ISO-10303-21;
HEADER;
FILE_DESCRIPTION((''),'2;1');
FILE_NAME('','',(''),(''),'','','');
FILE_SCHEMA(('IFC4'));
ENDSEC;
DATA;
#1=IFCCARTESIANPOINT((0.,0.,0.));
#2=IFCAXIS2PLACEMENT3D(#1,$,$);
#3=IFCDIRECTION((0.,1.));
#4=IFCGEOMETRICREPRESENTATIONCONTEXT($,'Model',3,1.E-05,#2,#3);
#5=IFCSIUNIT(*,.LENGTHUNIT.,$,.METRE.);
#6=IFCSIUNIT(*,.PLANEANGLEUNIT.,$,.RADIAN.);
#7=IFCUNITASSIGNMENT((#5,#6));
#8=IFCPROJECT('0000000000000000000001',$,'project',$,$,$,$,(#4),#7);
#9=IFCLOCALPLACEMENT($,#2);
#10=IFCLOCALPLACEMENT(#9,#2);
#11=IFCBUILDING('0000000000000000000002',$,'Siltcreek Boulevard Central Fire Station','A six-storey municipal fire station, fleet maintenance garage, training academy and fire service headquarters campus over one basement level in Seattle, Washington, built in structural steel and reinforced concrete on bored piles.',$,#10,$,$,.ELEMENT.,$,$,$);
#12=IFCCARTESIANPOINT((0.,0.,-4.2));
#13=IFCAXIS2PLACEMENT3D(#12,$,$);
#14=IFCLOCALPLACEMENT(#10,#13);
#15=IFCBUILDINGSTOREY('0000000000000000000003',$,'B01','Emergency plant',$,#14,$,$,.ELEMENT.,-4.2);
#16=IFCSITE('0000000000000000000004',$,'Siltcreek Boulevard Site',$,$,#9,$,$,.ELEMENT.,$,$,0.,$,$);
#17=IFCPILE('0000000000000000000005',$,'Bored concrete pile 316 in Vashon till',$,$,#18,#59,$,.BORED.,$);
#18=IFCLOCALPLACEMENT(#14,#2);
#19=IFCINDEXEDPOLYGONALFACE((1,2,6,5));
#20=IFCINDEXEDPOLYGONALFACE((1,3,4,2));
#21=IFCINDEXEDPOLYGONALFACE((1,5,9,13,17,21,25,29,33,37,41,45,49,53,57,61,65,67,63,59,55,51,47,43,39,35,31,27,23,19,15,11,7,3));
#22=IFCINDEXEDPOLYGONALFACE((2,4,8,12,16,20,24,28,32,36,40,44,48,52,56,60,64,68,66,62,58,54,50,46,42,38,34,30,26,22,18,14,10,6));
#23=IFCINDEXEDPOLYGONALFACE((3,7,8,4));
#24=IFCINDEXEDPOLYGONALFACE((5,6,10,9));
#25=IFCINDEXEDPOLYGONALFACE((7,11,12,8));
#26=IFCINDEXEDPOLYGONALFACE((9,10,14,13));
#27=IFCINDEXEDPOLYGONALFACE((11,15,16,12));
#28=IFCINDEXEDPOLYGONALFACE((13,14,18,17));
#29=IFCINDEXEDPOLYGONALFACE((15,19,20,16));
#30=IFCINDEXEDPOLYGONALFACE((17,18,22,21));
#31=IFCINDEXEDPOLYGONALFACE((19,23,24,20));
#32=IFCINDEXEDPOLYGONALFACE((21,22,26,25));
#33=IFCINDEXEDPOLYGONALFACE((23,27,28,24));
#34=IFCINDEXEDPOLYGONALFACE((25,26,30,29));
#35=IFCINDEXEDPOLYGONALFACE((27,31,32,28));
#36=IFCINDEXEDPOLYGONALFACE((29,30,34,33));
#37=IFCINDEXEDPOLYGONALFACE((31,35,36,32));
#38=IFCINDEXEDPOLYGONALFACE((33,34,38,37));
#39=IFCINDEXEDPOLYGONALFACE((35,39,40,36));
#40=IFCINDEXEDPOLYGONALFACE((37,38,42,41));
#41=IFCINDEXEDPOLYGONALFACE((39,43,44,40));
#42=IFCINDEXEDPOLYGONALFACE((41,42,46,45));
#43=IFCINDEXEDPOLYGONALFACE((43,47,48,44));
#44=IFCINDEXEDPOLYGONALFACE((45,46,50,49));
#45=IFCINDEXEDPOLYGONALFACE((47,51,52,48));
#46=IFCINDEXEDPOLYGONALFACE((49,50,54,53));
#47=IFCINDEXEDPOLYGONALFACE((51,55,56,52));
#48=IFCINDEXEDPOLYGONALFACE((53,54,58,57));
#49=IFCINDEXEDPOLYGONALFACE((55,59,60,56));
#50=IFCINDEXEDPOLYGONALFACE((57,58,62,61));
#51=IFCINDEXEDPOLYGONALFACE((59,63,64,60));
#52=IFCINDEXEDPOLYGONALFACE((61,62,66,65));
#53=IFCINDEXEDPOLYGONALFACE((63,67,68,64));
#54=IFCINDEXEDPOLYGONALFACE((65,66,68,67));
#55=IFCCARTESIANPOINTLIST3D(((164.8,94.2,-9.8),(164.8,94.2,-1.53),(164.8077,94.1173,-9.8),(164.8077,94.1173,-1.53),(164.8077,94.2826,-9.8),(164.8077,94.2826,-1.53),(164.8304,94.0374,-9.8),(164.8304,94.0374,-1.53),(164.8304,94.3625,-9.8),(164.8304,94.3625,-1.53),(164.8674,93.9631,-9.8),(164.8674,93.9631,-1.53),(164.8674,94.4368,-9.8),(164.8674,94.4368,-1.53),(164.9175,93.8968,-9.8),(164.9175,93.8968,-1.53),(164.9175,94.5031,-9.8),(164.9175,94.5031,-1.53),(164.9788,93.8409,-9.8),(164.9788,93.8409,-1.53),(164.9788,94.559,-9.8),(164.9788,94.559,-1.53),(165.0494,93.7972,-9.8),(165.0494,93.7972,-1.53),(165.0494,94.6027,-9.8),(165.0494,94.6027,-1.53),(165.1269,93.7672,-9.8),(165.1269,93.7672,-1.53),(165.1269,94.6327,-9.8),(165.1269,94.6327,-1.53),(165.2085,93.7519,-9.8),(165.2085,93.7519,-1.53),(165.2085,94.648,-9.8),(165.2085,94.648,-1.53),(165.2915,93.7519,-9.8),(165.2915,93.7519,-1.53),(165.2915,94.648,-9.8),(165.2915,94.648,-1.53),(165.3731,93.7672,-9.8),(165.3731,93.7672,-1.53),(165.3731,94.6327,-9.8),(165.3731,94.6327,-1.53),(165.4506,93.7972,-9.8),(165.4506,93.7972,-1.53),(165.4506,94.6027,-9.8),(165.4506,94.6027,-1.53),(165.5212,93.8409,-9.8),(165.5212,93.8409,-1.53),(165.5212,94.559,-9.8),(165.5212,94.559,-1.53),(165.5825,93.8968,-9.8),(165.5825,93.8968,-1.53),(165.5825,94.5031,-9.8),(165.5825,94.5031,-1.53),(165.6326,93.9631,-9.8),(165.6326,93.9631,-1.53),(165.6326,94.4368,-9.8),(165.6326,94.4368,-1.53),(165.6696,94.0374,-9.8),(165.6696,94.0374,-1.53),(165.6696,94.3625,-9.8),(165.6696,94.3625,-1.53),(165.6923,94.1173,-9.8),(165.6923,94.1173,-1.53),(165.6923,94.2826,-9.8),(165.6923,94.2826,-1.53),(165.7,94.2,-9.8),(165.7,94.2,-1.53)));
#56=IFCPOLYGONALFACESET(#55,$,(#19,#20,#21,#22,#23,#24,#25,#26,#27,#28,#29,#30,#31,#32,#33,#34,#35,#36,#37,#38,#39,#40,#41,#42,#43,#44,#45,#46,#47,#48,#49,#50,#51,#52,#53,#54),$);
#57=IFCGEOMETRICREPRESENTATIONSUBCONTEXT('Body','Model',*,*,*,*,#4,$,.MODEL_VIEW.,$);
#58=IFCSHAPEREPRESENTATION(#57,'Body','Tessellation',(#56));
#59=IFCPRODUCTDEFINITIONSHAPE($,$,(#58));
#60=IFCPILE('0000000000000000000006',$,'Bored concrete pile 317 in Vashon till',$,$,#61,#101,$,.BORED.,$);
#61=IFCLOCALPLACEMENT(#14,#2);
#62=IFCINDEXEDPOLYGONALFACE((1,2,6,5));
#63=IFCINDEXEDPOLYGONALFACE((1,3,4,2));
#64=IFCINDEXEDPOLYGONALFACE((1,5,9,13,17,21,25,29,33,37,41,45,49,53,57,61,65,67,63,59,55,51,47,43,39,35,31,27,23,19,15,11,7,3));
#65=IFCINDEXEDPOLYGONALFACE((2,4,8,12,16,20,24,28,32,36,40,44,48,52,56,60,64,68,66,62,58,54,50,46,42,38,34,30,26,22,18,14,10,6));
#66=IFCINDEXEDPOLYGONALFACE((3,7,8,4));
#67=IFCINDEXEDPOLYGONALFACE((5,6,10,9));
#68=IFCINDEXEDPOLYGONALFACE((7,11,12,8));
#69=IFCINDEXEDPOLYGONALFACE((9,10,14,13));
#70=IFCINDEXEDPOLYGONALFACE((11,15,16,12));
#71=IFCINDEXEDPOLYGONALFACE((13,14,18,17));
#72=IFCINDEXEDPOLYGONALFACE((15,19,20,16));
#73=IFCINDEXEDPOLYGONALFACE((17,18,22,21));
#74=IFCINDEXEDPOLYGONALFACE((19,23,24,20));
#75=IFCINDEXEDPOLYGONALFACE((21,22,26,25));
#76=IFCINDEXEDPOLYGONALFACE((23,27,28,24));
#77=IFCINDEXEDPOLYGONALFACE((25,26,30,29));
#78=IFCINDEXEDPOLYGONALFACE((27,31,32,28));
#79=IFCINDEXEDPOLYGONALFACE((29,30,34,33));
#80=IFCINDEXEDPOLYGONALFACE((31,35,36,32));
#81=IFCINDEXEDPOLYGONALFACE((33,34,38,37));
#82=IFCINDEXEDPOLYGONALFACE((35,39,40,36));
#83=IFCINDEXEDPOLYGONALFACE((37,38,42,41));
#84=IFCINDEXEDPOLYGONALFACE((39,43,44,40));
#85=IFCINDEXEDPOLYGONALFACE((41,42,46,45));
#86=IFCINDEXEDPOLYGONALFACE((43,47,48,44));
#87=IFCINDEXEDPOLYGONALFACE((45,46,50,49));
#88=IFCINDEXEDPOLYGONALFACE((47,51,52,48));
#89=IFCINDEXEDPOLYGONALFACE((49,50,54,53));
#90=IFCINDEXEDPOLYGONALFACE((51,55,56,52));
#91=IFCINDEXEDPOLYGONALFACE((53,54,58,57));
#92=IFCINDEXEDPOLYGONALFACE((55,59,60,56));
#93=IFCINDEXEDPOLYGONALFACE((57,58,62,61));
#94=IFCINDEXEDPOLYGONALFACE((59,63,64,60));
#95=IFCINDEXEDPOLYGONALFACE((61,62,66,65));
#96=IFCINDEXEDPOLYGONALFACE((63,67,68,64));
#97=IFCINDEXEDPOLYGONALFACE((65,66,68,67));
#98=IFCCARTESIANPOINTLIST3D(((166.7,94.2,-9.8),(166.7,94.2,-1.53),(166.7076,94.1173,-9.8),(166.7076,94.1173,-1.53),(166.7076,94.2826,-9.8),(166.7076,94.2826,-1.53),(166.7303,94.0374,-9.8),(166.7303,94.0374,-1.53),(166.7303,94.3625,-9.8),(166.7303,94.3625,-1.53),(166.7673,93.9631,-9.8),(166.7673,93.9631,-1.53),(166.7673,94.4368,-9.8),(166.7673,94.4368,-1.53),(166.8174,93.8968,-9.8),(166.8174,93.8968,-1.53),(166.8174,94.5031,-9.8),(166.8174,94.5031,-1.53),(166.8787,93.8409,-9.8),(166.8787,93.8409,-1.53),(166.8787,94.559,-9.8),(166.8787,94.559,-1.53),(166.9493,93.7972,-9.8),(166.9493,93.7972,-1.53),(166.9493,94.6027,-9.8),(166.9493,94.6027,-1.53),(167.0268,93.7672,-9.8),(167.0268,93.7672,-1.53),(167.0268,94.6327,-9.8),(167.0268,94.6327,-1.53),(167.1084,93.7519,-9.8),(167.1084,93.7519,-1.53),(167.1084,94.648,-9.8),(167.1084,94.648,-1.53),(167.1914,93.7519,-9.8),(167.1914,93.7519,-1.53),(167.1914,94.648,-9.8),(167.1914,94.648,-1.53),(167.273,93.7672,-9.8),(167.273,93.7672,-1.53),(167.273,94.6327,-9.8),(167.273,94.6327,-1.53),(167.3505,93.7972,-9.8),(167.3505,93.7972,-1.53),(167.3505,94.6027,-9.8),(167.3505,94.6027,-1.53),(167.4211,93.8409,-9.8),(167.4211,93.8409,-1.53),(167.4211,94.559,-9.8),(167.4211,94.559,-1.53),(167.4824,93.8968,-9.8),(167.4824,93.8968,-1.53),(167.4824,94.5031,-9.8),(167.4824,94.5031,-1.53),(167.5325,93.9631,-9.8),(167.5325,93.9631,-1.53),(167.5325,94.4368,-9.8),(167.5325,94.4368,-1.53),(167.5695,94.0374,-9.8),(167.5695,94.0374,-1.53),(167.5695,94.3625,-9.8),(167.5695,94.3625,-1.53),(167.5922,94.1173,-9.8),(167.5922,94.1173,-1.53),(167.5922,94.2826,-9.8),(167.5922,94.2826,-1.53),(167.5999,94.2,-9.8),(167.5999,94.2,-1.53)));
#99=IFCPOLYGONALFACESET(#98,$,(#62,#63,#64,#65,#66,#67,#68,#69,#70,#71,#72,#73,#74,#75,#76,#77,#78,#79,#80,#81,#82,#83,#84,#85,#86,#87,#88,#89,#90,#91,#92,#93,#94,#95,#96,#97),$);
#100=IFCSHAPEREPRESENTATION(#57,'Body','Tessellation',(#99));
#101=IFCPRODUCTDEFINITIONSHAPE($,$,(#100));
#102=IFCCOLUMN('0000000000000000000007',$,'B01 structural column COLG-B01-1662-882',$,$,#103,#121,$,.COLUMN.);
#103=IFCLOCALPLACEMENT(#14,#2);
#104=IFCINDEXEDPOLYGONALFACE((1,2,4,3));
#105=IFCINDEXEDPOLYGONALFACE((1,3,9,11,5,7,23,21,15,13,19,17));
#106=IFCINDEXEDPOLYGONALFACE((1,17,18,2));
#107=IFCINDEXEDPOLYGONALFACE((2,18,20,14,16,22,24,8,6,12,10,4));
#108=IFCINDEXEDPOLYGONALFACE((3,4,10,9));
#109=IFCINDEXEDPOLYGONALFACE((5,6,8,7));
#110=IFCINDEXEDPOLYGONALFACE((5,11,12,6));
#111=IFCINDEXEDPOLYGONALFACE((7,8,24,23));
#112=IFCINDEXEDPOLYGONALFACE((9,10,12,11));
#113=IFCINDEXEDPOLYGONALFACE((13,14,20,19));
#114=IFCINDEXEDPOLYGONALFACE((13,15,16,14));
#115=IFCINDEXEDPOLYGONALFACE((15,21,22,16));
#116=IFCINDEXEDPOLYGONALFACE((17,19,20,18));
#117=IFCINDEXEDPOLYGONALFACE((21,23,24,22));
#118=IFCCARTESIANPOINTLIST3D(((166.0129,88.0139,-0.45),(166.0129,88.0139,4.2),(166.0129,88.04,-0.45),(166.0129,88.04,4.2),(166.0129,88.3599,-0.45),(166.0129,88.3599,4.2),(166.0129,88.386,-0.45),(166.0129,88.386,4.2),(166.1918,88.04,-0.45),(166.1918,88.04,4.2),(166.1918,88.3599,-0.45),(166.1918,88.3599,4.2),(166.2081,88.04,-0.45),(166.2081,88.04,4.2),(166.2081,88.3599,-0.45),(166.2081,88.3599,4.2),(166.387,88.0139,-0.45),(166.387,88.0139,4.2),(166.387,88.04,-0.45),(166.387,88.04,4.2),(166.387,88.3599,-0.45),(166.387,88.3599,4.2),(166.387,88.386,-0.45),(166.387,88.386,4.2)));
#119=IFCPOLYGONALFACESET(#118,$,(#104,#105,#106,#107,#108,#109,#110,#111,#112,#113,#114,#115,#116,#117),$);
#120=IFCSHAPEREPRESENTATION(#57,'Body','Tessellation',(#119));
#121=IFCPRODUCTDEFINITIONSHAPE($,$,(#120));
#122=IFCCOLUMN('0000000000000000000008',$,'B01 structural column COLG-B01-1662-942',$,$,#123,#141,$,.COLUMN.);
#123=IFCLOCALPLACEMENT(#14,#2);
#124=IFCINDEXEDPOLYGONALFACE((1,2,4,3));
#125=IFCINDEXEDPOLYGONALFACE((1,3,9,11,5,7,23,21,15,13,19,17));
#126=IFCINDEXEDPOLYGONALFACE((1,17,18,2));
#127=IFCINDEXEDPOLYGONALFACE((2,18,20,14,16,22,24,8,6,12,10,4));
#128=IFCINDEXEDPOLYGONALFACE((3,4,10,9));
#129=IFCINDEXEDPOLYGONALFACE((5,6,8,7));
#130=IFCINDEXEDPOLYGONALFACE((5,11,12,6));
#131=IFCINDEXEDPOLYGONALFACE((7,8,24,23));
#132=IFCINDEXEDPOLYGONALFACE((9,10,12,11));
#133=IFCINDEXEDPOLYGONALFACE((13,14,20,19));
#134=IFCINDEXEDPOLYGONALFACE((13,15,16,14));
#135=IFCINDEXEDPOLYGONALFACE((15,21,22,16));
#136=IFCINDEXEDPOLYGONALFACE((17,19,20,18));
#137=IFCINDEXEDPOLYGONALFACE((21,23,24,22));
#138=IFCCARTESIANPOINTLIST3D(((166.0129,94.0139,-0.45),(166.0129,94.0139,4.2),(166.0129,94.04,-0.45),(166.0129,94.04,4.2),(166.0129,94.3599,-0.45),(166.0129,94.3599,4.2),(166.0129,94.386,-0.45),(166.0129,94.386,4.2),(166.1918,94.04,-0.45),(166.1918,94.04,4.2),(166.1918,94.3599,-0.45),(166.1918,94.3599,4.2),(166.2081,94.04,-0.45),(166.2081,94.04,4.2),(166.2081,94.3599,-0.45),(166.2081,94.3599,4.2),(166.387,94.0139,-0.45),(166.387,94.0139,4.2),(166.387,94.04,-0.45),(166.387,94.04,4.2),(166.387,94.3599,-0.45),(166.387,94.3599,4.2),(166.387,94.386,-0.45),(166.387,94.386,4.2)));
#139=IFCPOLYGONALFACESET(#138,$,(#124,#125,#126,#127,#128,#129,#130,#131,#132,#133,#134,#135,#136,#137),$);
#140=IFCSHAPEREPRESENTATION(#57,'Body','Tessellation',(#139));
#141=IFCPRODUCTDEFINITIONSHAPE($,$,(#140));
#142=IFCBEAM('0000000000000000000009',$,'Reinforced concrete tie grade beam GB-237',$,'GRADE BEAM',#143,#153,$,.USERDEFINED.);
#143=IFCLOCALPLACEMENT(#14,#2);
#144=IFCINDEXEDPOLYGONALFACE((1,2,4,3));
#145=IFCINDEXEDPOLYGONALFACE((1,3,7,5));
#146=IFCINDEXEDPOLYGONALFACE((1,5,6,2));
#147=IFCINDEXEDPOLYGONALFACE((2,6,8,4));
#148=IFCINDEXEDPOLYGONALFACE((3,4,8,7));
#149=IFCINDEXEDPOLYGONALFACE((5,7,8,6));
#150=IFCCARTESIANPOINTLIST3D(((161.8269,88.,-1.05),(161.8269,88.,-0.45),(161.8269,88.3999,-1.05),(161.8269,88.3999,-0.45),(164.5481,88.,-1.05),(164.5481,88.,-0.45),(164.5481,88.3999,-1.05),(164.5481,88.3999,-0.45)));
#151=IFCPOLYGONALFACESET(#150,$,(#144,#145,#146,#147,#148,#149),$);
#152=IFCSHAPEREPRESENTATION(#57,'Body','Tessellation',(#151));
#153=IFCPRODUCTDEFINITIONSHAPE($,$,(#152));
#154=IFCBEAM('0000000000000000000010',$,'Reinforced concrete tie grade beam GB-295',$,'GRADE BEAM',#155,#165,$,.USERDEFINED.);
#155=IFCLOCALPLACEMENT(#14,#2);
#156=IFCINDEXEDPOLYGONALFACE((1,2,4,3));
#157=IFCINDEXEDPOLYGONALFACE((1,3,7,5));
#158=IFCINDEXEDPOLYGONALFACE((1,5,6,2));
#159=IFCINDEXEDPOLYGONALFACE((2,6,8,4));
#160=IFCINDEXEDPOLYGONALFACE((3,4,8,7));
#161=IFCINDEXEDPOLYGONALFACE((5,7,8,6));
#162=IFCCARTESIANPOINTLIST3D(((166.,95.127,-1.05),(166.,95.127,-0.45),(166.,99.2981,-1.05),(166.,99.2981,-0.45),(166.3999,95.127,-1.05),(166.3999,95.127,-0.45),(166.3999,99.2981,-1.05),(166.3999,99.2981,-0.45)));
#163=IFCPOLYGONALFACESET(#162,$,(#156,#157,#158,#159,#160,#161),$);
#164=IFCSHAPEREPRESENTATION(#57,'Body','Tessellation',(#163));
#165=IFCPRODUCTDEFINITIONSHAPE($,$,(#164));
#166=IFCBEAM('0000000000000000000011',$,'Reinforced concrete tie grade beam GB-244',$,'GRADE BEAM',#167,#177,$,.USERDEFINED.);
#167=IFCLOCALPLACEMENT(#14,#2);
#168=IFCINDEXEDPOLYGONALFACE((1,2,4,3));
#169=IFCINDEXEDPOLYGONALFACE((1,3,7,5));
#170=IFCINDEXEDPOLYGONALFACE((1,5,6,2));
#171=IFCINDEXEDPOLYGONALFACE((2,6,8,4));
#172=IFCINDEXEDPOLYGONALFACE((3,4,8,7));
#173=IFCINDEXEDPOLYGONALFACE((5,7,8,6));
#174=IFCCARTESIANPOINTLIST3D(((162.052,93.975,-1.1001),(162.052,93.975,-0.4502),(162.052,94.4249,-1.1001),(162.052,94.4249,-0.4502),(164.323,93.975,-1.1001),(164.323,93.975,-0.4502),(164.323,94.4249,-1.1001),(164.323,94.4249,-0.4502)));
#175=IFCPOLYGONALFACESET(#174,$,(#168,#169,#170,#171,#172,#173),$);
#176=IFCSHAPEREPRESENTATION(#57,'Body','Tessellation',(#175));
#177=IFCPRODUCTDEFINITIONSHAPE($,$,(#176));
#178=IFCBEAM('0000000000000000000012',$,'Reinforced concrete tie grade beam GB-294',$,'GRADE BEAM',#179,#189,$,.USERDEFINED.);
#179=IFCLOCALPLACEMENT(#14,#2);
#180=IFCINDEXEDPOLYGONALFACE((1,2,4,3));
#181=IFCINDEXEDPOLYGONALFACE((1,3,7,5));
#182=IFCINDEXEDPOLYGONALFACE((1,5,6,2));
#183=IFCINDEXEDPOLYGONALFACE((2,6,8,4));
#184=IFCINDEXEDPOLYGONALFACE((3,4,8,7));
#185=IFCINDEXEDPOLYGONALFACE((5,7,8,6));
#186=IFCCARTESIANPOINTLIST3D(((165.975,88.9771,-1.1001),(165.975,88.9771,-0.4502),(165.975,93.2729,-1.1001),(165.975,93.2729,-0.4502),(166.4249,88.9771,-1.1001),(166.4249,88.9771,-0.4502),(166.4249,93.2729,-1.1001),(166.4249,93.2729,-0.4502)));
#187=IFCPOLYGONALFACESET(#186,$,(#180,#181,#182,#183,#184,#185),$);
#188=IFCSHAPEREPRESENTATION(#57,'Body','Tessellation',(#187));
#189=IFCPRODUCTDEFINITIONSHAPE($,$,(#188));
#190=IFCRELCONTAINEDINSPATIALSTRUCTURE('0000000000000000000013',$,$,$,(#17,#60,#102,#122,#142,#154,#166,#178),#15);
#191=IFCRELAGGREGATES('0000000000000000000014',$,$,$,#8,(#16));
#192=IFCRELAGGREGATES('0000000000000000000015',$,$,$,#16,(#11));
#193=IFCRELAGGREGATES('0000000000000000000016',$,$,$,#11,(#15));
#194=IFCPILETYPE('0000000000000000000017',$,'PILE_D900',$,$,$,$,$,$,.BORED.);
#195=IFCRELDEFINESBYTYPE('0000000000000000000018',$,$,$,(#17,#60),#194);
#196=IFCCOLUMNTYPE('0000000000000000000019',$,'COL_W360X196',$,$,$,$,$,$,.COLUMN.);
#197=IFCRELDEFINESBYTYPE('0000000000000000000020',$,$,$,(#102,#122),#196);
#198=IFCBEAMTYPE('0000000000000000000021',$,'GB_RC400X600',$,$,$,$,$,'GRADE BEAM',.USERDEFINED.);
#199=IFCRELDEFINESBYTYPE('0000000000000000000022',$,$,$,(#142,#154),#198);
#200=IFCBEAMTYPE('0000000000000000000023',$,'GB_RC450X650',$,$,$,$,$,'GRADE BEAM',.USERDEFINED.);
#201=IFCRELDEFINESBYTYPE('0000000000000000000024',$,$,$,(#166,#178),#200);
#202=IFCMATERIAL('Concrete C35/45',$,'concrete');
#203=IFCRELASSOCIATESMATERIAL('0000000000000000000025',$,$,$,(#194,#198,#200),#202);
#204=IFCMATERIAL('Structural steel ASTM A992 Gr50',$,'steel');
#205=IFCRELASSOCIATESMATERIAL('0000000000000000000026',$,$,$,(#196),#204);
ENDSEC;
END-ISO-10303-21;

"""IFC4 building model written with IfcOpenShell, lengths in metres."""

from ifc_helpers import new_model, si_unit, direction, frame, origin, origin_2d, place, context, subcontext, project, spatial, rectangle, circle, i_section, extrude, material, material_profile, profile_set, type_object, element, save


model = new_model("IFC4")

# Units and contexts
model_context = context("Model", 3, precision=1e-05, world=origin(), true_north=direction((0.0, 1.0)))
body_context = subcontext(model_context, "Body", "Model", "MODEL_VIEW")
ifc_project = project(units=[si_unit("LENGTHUNIT", "METRE"), si_unit("PLANEANGLEUNIT", "RADIAN")], contexts=[model_context])

# Site, building, storey
site_placement = place(None, origin())
site = spatial("IfcSite", under=ifc_project, at=site_placement, Name="Siltcreek Boulevard Site", CompositionType="ELEMENT", RefElevation=0.0)
building_placement = place(site_placement, origin())
building = spatial("IfcBuilding", under=site, at=building_placement, Name="Siltcreek Boulevard Central Fire Station", Description="A six-storey municipal fire station, fleet maintenance garage, training academy and fire service headquarters campus over one basement level in Seattle, Washington, built in structural steel and reinforced concrete on bored piles.", CompositionType="ELEMENT")
storey_placement = place(building_placement, frame((0.0, 0.0, -4.2)))
storey = spatial("IfcBuildingStorey", under=building, at=storey_placement, Name="B01", Description="Emergency plant", CompositionType="ELEMENT", Elevation=-4.2)

# Shared definitions
ifc_material_1 = material(Name="Concrete C35/45", Category="concrete")

# Piles
ifc_material_profile_1 = material_profile(ifc_material_1, circle(Radius=0.45, at=origin_2d()), Name="SHAFT900")
ifc_profile_set_1 = profile_set([ifc_material_profile_1], Name="Concrete C35/45")
pile_type_1 = type_object("IfcPileType", Name="PILE_D900", PredefinedType="BORED", material=ifc_profile_set_1)
for number, where, z_axis, x_axis, name in (
    (1, (165.25, 94.2, -1.53), (0.0, 0.0, -1.0), (1.0, 0.0, 0.0), "Bored concrete pile 316 in Vashon till"),
    (2, (167.1499, 94.2, -1.53), (0.0, 0.0, -1.0), (1.0, 0.0, 0.0), "Bored concrete pile 317 in Vashon till"),
):
    element("IfcPile", number, at=place(storey_placement, frame(where, z_axis=z_axis, x_axis=x_axis)), inside=storey, type_object=pile_type_1, Name=name, PredefinedType="BORED", context=body_context, shape_type="SweptSolid", body=[
        extrude(circle(Radius=0.45, at=origin_2d()), origin(), (0.0, 0.0, 1.0), 8.27),
    ])

# Columns
ifc_material_2 = material(Name="Structural steel ASTM A992 Gr50", Category="steel")
ifc_material_profile_2 = material_profile(ifc_material_2, i_section(OverallWidth=0.374, OverallDepth=0.3721, WebThickness=0.0164, FlangeThickness=0.0261, at=origin_2d()), Name="W360X196")
ifc_profile_set_2 = profile_set([ifc_material_profile_2], Name="Structural steel ASTM A992 Gr50")
column_type = type_object("IfcColumnType", Name="COL_W360X196", PredefinedType="COLUMN", material=ifc_profile_set_2)
for number, where, z_axis, x_axis, name in (
    (3, (166.2, 88.2, -0.45), (0.0, 0.0, 1.0), (1.0, 0.0, 0.0), "B01 structural column COLG-B01-1662-882"),
    (4, (166.2, 94.2, -0.45), (0.0, 0.0, 1.0), (1.0, 0.0, 0.0), "B01 structural column COLG-B01-1662-942"),
):
    element("IfcColumn", number, at=place(storey_placement, frame(where, z_axis=z_axis, x_axis=x_axis)), inside=storey, type_object=column_type, Name=name, PredefinedType="COLUMN", context=body_context, shape_type="SweptSolid", body=[
        extrude(i_section(OverallWidth=0.374, OverallDepth=0.3721, WebThickness=0.0164, FlangeThickness=0.0261, at=origin_2d()), origin(), (0.0, 0.0, 1.0), 4.6499),
    ])

# Beams
ifc_material_profile_3 = material_profile(ifc_material_1, rectangle(XDim=0.3999, YDim=0.6001, at=origin_2d()), Name="RC400X600")
ifc_profile_set_3 = profile_set([ifc_material_profile_3], Name="Concrete C35/45")
beam_type_1 = type_object("IfcBeamType", Name="GB_RC400X600", ElementType="GRADE BEAM", PredefinedType="USERDEFINED", material=ifc_profile_set_3)
beam_1_placement = place(storey_placement, frame((161.8269, 88.2, -0.75), z_axis=(1.0, 0.0, 0.0), x_axis=(0.0, 1.0, 0.0)))
element("IfcBeam", 5, at=beam_1_placement, inside=storey, type_object=beam_type_1, Name="Reinforced concrete tie grade beam GB-237", ObjectType="GRADE BEAM", PredefinedType="USERDEFINED", context=body_context, shape_type="SweptSolid", body=[
    extrude(rectangle(XDim=0.3999, YDim=0.6001, at=origin_2d()), origin(), (0.0, 0.0, 1.0), 2.7212),
])
beam_2_placement = place(storey_placement, frame((166.2, 95.127, -0.75), z_axis=(0.0, 1.0, 0.0), x_axis=(-1.0, 0.0, 0.0)))
element("IfcBeam", 6, at=beam_2_placement, inside=storey, type_object=beam_type_1, Name="Reinforced concrete tie grade beam GB-295", ObjectType="GRADE BEAM", PredefinedType="USERDEFINED", context=body_context, shape_type="SweptSolid", body=[
    extrude(rectangle(XDim=0.3999, YDim=0.6001, at=origin_2d()), origin(), (0.0, 0.0, 1.0), 4.1711),
])
ifc_material_profile_4 = material_profile(ifc_material_1, rectangle(XDim=0.45, YDim=0.6499, at=origin_2d()), Name="RC450X650")
ifc_profile_set_4 = profile_set([ifc_material_profile_4], Name="Concrete C35/45")
beam_type_2 = type_object("IfcBeamType", Name="GB_RC450X650", ElementType="GRADE BEAM", PredefinedType="USERDEFINED", material=ifc_profile_set_4)
beam_3_placement = place(storey_placement, frame((162.052, 94.2, -0.7751), z_axis=(1.0, 0.0, 0.0), x_axis=(0.0, 1.0, 0.0)))
element("IfcBeam", 7, at=beam_3_placement, inside=storey, type_object=beam_type_2, Name="Reinforced concrete tie grade beam GB-244", ObjectType="GRADE BEAM", PredefinedType="USERDEFINED", context=body_context, shape_type="SweptSolid", body=[
    extrude(rectangle(XDim=0.45, YDim=0.6499, at=origin_2d()), origin(), (0.0, 0.0, 1.0), 2.271),
])
beam_4_placement = place(storey_placement, frame((166.2, 88.9771, -0.7751), z_axis=(0.0, 1.0, 0.0), x_axis=(-1.0, 0.0, 0.0)))
element("IfcBeam", 8, at=beam_4_placement, inside=storey, type_object=beam_type_2, Name="Reinforced concrete tie grade beam GB-294", ObjectType="GRADE BEAM", PredefinedType="USERDEFINED", context=body_context, shape_type="SweptSolid", body=[
    extrude(rectangle(XDim=0.45, YDim=0.6499, at=origin_2d()), origin(), (0.0, 0.0, 1.0), 4.2959),
])

save(model, "model.ifc")
